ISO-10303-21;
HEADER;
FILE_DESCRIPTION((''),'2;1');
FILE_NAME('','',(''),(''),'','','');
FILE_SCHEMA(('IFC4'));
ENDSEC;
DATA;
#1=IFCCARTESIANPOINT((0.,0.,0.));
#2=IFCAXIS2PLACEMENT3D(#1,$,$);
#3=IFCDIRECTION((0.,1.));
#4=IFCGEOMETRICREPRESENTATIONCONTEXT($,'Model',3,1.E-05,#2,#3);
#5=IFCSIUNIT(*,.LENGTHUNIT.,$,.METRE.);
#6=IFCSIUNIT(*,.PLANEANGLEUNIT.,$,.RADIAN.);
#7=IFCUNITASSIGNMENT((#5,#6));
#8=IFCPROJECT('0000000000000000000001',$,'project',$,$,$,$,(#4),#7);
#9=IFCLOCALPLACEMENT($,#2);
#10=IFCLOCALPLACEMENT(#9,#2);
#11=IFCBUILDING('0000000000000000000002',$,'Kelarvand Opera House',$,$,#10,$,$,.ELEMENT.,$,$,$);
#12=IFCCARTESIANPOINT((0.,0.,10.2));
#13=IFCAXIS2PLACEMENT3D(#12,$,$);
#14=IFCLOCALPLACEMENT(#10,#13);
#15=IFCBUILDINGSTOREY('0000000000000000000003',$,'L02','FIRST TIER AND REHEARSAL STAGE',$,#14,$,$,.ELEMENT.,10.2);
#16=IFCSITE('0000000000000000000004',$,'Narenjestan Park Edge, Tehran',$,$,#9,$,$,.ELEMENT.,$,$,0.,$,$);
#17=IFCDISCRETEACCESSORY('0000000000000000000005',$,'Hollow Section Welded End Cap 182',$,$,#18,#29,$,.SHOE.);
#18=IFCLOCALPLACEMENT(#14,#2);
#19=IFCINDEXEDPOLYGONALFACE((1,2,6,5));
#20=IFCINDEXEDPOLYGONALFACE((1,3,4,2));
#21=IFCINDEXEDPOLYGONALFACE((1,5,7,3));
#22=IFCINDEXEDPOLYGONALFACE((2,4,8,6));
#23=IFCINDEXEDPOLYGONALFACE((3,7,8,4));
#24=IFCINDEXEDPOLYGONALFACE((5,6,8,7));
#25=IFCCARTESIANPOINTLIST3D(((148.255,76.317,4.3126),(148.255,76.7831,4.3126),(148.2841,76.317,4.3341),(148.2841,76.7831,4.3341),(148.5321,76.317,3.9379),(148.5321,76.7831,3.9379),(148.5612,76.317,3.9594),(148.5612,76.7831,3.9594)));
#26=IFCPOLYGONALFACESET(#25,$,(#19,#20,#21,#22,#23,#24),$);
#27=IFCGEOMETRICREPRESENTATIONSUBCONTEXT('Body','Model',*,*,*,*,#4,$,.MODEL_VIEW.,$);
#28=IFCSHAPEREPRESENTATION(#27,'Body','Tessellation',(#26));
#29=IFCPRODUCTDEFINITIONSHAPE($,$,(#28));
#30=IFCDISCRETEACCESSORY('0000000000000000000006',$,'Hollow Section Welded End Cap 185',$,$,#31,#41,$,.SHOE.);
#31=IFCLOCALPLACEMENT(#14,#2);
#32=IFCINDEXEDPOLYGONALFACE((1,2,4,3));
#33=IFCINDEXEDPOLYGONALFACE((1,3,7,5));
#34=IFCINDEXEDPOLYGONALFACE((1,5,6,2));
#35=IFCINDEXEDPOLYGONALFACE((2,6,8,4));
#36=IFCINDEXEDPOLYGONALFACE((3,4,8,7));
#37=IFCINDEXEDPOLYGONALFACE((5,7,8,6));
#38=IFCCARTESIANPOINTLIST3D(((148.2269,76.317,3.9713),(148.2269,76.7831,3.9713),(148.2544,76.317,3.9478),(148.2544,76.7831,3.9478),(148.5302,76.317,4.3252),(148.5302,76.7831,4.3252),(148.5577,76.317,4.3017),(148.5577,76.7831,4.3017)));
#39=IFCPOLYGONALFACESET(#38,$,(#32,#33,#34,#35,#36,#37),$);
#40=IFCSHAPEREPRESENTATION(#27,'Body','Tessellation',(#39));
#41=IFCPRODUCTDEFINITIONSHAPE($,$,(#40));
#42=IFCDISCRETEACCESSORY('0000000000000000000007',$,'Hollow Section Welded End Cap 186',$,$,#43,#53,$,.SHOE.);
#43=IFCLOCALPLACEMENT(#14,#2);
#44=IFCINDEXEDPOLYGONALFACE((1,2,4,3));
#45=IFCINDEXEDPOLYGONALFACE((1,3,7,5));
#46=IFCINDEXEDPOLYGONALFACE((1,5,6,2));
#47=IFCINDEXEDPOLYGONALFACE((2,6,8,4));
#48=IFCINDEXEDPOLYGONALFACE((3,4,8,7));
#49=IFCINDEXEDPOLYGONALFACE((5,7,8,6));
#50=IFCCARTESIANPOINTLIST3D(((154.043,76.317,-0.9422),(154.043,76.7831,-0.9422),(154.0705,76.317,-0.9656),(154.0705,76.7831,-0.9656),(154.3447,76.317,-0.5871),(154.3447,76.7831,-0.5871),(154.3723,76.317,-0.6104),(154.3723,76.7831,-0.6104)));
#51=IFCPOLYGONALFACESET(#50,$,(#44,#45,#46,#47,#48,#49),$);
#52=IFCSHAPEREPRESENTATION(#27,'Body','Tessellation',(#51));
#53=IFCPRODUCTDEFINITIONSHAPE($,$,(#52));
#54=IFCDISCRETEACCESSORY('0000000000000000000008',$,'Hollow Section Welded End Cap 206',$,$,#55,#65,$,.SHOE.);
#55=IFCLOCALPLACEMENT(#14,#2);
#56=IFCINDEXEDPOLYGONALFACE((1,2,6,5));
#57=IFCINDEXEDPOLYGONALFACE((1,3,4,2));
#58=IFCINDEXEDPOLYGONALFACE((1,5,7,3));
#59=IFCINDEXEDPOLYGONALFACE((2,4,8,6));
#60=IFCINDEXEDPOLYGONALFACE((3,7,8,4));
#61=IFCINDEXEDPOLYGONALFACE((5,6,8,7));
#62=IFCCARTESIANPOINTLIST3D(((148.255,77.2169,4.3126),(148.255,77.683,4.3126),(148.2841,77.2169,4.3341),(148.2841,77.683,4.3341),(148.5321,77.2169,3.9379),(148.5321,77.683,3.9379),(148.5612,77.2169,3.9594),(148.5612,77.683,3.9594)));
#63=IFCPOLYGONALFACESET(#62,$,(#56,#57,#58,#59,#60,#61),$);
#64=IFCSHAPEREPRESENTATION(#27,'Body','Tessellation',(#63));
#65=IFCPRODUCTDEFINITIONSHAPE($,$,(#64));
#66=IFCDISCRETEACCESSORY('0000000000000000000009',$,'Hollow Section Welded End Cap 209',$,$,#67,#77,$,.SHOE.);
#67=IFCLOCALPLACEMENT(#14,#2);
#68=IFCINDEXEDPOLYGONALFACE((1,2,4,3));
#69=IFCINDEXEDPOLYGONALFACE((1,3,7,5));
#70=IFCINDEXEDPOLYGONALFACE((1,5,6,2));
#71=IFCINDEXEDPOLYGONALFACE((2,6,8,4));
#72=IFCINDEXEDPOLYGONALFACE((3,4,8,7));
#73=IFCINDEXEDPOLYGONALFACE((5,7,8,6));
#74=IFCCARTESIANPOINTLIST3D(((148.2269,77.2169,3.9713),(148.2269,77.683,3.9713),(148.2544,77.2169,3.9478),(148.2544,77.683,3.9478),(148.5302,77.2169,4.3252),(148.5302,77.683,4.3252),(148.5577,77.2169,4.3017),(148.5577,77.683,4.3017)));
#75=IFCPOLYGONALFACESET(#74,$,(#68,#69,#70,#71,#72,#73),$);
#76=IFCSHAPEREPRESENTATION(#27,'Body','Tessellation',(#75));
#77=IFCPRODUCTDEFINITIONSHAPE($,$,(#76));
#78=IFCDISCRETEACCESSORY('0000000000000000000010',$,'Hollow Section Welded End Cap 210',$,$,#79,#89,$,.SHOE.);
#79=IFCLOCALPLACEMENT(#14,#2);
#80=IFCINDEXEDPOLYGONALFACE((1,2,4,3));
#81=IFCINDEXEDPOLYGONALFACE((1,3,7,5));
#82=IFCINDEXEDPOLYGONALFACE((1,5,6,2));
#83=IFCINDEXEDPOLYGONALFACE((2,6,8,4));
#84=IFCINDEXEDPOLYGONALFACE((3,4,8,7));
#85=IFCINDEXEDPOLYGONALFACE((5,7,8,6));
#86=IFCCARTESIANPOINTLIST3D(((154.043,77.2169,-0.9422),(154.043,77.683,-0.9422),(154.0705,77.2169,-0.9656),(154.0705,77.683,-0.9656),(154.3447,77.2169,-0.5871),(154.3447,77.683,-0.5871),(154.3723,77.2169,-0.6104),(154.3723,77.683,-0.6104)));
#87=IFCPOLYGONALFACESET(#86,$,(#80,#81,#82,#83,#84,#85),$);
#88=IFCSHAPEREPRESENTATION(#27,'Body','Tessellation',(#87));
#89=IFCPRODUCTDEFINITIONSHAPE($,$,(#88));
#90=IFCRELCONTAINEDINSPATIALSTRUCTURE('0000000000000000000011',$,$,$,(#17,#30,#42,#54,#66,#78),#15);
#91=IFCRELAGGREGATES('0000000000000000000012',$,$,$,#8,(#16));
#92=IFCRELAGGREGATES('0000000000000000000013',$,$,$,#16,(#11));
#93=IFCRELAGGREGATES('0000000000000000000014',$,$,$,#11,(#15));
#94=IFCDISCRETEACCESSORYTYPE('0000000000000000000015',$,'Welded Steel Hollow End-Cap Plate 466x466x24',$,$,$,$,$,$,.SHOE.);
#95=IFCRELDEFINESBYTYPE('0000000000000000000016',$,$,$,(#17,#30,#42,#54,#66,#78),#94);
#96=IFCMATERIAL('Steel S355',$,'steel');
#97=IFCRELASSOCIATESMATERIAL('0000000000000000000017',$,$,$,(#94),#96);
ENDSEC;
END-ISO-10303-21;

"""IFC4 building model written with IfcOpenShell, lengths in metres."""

from ifc_helpers import new_model, si_unit, direction, frame, origin, origin_2d, place, context, subcontext, project, spatial, rectangle, extrude, material, material_profile, profile_set, type_object, element, save


model = new_model("IFC4")

# Units and contexts
model_context = context("Model", 3, precision=1e-05, world=origin(), true_north=direction((0.0, 1.0)))
body_context = subcontext(model_context, "Body", "Model", "MODEL_VIEW")
ifc_project = project(units=[si_unit("LENGTHUNIT", "METRE"), si_unit("PLANEANGLEUNIT", "RADIAN")], contexts=[model_context])

# Site, building, storey
site_placement = place(None, origin())
site = spatial("IfcSite", under=ifc_project, at=site_placement, Name="Narenjestan Park Edge, Tehran", CompositionType="ELEMENT", RefElevation=0.0)
building_placement = place(site_placement, origin())
building = spatial("IfcBuilding", under=site, at=building_placement, Name="Kelarvand Opera House", CompositionType="ELEMENT")
storey_placement = place(building_placement, frame((0.0, 0.0, 10.2)))
storey = spatial("IfcBuildingStorey", under=building, at=storey_placement, Name="L02", Description="FIRST TIER AND REHEARSAL STAGE", CompositionType="ELEMENT", Elevation=10.2)

# Shared definitions
ifc_material_1 = material(Name="Steel S355", Category="steel")

# Discrete accessories
ifc_material_profile_1 = material_profile(ifc_material_1, rectangle(XDim=0.4661, YDim=0.4661, at=origin_2d()), Name="Welded Steel Hollow End-Cap Plate 466x466x24", Category="steel")
ifc_profile_set_1 = profile_set([ifc_material_profile_1], Name="Steel S355")
discrete_accessory_type = type_object("IfcDiscreteAccessoryType", Name="Welded Steel Hollow End-Cap Plate 466x466x24", PredefinedType="SHOE", material=ifc_profile_set_1)
for number, where, z_axis, x_axis, name in (
    (1, (148.3936, 76.55, 4.1252), (0.804036, 0.0, 0.594581), (0.0, 1.0, 0.0), "Hollow Section Welded End Cap 182"),
    (2, (148.406, 76.55, 4.1248), (-0.759257, 0.0, 0.650791), (0.0, -1.0, 0.0), "Hollow Section Welded End Cap 185"),
    (3, (154.1938, 76.55, -0.7646), (0.762106, 0.0, -0.647453), (0.0, 1.0, 0.0), "Hollow Section Welded End Cap 186"),
    (4, (148.3936, 77.45, 4.1252), (0.804036, 0.0, 0.594581), (0.0, 1.0, 0.0), "Hollow Section Welded End Cap 206"),
    (5, (148.406, 77.45, 4.1248), (-0.759257, 0.0, 0.650791), (0.0, -1.0, 0.0), "Hollow Section Welded End Cap 209"),
    (6, (154.1938, 77.45, -0.7646), (0.762106, 0.0, -0.647453), (0.0, 1.0, 0.0), "Hollow Section Welded End Cap 210"),
):
    element("IfcDiscreteAccessory", number, at=place(storey_placement, frame(where, z_axis=z_axis, x_axis=x_axis)), inside=storey, type_object=discrete_accessory_type, Name=name, PredefinedType="SHOE", context=body_context, shape_type="SweptSolid", body=[
        extrude(rectangle(XDim=0.4661, YDim=0.4661, at=origin_2d()), origin(), (0.0, 0.0, 1.0), 0.0361),
    ])

save(model, "model.ifc")
